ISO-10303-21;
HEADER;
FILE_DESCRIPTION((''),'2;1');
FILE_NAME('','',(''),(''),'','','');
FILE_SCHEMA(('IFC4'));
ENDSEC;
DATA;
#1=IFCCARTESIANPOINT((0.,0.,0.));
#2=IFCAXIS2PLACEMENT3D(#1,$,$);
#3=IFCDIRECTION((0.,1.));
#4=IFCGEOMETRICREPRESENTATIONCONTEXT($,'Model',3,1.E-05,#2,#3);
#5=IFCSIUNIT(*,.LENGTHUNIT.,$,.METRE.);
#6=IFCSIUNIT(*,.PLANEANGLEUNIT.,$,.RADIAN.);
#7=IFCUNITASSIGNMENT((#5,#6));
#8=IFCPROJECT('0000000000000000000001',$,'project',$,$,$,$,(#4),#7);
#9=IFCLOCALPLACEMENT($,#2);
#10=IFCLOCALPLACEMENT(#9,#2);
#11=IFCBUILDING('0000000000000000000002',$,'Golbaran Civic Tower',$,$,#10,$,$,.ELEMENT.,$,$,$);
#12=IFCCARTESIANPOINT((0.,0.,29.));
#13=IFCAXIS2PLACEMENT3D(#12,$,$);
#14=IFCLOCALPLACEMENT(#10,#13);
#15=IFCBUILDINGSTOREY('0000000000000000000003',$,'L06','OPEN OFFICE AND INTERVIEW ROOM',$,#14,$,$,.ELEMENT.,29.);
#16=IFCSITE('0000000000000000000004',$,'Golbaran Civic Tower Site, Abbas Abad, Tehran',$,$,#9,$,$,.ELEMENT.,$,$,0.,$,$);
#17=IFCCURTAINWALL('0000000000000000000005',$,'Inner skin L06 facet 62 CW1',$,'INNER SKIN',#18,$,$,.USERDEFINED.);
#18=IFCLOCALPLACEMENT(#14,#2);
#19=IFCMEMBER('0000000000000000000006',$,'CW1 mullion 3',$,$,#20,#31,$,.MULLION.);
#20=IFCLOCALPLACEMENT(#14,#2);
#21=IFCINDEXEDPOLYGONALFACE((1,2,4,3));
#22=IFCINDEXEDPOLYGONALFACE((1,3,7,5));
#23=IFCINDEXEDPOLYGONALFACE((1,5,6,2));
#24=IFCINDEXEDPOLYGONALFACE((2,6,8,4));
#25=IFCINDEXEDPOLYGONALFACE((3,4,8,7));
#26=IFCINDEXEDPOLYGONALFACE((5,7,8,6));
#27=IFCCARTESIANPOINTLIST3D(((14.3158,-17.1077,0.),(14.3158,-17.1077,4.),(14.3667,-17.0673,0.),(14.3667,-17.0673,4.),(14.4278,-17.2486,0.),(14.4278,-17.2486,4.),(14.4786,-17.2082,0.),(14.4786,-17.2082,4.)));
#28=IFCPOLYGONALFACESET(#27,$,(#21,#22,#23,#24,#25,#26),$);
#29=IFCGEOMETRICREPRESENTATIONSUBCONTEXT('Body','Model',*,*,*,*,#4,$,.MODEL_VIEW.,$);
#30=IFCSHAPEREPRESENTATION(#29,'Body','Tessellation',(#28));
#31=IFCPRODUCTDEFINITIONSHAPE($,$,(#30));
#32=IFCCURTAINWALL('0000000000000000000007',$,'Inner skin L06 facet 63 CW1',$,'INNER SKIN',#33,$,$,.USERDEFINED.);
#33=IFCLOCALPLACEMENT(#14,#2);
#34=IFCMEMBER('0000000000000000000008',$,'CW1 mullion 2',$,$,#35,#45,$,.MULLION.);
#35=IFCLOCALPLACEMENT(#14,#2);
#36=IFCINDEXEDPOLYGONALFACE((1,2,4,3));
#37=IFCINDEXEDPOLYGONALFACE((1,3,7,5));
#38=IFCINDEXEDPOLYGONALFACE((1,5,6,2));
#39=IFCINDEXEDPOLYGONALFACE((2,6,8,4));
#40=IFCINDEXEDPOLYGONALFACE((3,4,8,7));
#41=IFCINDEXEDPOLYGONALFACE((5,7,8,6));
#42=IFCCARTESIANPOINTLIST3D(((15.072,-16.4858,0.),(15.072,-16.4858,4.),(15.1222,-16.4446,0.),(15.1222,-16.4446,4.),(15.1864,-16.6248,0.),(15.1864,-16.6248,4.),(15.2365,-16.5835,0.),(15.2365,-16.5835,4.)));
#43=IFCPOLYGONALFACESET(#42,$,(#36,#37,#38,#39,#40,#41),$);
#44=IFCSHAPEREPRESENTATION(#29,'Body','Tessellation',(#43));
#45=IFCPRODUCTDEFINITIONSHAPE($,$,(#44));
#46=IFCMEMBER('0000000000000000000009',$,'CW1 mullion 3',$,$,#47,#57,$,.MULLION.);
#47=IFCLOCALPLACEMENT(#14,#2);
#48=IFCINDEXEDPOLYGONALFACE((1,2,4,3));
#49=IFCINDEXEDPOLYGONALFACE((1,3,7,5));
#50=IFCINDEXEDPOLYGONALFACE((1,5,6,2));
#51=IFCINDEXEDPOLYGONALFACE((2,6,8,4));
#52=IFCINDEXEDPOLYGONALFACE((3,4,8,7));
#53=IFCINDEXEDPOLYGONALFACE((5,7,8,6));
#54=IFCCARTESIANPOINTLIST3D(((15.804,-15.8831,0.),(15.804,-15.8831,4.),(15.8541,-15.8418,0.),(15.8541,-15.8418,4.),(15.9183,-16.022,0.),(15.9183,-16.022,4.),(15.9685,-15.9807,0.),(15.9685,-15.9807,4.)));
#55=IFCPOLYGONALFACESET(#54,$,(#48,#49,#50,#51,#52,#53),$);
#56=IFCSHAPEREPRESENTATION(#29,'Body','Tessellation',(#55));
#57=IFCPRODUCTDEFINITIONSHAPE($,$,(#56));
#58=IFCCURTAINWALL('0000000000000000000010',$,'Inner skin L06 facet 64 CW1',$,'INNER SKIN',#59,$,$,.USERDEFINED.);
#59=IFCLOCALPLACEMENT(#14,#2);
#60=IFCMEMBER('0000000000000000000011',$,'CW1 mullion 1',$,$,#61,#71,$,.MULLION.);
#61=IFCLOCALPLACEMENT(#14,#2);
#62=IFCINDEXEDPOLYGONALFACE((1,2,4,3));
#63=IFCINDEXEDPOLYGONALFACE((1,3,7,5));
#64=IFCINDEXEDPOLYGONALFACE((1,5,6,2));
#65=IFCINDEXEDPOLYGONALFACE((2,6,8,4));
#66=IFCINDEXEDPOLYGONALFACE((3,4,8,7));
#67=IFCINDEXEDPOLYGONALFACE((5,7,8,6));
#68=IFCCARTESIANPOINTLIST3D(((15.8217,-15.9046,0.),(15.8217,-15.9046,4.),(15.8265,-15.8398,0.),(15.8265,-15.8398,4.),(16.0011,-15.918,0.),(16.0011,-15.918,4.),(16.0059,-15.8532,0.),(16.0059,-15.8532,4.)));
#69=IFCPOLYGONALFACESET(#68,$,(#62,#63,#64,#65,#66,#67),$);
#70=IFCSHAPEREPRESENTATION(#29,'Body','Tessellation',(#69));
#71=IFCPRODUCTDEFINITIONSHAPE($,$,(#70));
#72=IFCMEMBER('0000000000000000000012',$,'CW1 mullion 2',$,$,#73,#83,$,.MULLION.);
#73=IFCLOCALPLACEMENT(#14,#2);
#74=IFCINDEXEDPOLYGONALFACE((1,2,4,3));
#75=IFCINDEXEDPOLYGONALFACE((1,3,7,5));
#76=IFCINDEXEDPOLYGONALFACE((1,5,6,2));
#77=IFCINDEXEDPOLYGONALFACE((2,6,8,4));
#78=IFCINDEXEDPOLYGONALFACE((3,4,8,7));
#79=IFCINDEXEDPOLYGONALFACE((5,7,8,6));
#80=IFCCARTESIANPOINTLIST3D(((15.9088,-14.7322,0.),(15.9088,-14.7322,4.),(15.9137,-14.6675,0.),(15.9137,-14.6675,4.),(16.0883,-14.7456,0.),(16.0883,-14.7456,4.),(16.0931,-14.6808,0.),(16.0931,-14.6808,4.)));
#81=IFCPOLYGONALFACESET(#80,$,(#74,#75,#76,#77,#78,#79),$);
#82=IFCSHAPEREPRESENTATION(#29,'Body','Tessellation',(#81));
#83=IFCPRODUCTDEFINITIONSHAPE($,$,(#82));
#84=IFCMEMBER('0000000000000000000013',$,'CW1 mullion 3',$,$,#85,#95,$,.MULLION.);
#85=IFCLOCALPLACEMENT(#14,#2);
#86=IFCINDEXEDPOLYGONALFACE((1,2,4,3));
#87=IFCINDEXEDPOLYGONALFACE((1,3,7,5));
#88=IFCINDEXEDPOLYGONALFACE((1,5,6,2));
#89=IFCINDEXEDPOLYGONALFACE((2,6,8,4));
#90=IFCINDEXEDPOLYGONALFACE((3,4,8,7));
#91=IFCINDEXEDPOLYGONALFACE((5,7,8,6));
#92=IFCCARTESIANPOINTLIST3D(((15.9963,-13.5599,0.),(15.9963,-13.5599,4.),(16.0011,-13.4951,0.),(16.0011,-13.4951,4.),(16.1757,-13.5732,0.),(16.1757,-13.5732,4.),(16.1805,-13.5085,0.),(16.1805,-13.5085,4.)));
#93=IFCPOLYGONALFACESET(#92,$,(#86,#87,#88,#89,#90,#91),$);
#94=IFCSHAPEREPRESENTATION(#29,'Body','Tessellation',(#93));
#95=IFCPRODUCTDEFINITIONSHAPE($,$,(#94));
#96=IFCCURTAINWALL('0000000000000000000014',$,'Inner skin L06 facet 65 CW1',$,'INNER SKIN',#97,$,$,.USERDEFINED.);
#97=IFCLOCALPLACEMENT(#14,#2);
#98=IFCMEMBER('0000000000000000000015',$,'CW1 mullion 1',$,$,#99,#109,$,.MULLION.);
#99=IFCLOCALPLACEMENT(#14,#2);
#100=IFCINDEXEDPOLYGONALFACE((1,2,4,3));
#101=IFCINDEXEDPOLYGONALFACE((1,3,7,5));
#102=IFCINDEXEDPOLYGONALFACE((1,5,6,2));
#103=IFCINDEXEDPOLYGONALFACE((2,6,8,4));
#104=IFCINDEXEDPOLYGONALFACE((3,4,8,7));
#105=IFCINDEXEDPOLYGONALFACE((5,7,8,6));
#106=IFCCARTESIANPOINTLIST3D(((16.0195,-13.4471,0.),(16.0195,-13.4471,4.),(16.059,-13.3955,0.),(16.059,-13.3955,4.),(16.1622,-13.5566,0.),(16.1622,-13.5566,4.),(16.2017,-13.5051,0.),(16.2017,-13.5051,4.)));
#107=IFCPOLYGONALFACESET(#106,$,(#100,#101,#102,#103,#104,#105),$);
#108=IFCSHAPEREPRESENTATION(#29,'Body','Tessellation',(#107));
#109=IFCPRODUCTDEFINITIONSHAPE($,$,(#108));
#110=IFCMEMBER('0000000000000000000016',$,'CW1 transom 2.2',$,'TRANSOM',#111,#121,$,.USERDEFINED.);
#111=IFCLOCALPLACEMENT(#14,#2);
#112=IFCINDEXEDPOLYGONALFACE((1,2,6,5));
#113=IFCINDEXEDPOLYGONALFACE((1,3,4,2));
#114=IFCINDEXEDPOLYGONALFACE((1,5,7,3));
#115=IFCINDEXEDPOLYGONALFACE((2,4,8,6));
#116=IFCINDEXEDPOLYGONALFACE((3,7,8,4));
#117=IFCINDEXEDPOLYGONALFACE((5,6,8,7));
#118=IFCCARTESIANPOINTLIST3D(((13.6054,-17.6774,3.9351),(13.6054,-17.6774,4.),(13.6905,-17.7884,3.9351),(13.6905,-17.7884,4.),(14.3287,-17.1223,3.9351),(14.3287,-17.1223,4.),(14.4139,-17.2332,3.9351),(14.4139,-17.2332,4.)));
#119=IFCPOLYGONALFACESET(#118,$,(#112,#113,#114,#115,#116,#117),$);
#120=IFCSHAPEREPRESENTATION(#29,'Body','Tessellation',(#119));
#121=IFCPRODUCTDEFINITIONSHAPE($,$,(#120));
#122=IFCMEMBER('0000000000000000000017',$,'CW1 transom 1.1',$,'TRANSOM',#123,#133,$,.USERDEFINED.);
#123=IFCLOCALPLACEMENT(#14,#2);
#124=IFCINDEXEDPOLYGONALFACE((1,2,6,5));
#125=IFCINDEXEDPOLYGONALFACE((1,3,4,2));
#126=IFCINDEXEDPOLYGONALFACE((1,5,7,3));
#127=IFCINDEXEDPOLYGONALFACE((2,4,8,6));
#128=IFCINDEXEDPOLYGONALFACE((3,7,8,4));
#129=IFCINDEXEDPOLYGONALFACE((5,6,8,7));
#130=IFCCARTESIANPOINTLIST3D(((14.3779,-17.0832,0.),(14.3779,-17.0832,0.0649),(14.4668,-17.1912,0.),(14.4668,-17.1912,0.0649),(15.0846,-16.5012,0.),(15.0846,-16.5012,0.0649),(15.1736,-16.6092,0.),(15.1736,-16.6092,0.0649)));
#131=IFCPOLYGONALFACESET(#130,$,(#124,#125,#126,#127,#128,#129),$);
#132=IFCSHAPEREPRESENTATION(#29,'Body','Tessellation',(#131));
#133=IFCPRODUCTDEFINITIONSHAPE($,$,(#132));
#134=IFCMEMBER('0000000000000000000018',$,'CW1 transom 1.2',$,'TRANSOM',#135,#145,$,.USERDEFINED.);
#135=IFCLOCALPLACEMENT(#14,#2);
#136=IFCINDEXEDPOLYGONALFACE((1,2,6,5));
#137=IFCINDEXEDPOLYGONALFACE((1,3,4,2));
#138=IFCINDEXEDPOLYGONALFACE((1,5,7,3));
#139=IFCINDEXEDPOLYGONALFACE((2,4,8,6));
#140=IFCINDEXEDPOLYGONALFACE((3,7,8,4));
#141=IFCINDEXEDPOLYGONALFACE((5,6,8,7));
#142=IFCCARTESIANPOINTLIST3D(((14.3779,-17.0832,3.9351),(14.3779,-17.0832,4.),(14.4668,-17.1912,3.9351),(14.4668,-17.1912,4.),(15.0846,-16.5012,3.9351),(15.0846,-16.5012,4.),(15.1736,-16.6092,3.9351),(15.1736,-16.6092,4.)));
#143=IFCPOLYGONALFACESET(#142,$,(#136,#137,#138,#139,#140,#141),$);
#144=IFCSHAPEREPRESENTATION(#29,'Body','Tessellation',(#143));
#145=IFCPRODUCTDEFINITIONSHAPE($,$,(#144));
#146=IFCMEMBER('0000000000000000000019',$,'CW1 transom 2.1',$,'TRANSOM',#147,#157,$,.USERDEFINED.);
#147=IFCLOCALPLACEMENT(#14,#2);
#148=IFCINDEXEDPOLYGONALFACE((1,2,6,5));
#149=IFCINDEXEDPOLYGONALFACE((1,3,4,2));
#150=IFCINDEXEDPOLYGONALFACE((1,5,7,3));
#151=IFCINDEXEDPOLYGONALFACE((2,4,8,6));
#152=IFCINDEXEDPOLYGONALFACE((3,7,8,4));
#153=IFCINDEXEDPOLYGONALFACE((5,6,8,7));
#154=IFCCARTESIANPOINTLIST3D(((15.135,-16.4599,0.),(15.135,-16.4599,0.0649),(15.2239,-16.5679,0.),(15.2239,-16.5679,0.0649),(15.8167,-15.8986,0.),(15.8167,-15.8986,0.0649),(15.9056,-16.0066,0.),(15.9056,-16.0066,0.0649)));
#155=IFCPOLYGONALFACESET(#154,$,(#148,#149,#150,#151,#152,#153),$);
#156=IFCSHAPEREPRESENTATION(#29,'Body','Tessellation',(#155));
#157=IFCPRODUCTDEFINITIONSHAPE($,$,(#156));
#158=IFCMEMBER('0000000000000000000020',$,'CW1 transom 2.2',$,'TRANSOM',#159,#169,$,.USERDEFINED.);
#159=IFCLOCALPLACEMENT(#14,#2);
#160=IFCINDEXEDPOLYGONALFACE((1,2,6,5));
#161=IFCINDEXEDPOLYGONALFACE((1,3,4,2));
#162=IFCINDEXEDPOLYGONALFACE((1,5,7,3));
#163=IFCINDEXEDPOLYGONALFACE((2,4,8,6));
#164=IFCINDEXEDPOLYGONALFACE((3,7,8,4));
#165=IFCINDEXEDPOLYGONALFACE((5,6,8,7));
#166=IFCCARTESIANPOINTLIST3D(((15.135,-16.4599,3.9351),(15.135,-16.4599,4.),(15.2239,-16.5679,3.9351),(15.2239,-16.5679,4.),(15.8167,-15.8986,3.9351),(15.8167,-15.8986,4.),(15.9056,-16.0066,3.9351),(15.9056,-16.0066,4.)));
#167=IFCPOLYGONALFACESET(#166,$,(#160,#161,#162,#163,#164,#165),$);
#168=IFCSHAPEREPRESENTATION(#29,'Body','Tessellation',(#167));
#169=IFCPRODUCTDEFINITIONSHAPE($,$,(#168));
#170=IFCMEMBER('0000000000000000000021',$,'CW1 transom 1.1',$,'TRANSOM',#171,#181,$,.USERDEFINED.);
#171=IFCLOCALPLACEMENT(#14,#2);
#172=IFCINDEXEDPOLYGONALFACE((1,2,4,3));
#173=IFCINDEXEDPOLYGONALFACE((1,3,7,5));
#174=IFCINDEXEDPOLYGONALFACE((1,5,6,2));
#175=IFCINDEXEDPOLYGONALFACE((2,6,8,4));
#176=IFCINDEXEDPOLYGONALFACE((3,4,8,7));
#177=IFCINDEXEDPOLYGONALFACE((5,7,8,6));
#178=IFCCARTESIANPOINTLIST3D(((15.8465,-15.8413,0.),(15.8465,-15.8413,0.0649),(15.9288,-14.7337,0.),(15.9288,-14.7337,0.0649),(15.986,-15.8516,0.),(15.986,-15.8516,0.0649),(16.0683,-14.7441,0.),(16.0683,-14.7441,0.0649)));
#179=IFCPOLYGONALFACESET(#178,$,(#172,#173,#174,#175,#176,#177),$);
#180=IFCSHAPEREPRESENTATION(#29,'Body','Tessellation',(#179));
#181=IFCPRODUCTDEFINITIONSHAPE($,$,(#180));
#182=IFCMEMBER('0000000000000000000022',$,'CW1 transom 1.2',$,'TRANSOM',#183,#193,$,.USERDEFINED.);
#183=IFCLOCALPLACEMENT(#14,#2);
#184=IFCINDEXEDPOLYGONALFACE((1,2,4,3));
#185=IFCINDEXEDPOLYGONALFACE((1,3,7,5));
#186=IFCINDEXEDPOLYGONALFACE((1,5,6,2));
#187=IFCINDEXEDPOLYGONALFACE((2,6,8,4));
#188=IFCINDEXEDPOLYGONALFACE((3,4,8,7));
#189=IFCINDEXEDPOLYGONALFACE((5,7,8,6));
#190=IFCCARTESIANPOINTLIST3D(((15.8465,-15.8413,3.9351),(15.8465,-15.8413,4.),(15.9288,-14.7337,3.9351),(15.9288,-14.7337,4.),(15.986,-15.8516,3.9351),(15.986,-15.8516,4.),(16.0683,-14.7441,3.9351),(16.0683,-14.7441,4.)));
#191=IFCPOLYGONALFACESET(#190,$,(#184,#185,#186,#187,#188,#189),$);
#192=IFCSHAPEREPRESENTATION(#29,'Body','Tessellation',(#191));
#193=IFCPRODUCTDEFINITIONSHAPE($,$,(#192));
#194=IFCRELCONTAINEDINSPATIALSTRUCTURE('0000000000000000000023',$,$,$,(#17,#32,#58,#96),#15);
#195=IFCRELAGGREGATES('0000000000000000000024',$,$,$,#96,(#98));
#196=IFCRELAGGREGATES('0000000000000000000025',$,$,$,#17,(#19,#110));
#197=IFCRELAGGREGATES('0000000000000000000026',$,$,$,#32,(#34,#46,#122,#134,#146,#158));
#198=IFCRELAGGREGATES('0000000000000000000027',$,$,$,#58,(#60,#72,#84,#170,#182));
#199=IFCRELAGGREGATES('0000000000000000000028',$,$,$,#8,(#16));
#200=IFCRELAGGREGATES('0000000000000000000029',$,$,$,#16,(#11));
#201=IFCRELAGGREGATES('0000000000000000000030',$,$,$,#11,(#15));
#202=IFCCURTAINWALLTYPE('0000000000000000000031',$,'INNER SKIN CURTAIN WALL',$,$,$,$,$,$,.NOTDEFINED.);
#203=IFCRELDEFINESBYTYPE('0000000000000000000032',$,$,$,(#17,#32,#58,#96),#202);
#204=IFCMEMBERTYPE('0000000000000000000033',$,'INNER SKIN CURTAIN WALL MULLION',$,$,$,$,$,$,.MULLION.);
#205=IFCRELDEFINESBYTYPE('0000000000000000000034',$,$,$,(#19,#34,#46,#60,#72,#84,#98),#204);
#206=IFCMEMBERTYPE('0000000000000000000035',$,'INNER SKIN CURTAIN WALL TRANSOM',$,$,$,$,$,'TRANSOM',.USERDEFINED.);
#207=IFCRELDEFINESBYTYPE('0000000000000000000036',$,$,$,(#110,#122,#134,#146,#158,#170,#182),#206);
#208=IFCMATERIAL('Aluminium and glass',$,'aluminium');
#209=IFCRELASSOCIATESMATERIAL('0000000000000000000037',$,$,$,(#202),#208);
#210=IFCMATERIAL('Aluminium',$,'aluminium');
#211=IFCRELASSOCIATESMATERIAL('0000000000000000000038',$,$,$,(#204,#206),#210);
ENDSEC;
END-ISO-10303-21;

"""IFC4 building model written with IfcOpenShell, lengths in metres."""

from ifc_helpers import new_model, si_unit, direction, frame, origin, origin_2d, place, context, subcontext, project, spatial, rectangle, extrude, material, material_profile, profile_set, type_object, element, aggregate, save


model = new_model("IFC4")

# Units and contexts
model_context = context("Model", 3, precision=1e-05, world=origin(), true_north=direction((0.0, 1.0)))
body_context = subcontext(model_context, "Body", "Model", "MODEL_VIEW")
ifc_project = project(units=[si_unit("LENGTHUNIT", "METRE"), si_unit("PLANEANGLEUNIT", "RADIAN")], contexts=[model_context])

# Site, building, storey
site_placement = place(None, origin())
site = spatial("IfcSite", under=ifc_project, at=site_placement, Name="Golbaran Civic Tower Site, Abbas Abad, Tehran", CompositionType="ELEMENT", RefElevation=0.0)
building_placement = place(site_placement, origin())
building = spatial("IfcBuilding", under=site, at=building_placement, Name="Golbaran Civic Tower", CompositionType="ELEMENT")
storey_placement = place(building_placement, frame((0.0, 0.0, 29.0)))
storey = spatial("IfcBuildingStorey", under=building, at=storey_placement, Name="L06", Description="OPEN OFFICE AND INTERVIEW ROOM", CompositionType="ELEMENT", Elevation=29.0)

# Curtain wall, member
ifc_material_1 = material(Name="Aluminium and glass", Category="aluminium")
curtain_wall_type = type_object("IfcCurtainWallType", Name="INNER SKIN CURTAIN WALL", PredefinedType="NOTDEFINED", material=ifc_material_1)
curtain_wall_1_placement = place(storey_placement, origin())
curtain_wall_1 = element("IfcCurtainWall", 1, at=curtain_wall_1_placement, inside=storey, type_object=curtain_wall_type, Name="Inner skin L06 facet 62 CW1", ObjectType="INNER SKIN", PredefinedType="USERDEFINED")
ifc_material_2 = material(Name="Aluminium", Category="aluminium")
ifc_material_profile_1 = material_profile(ifc_material_2, rectangle(XDim=0.1799, YDim=0.0649, at=origin_2d()), Name="INNER SKIN CURTAIN WALL MULLION")
ifc_profile_set_1 = profile_set([ifc_material_profile_1], Name="Aluminium")
member_type_1 = type_object("IfcMemberType", Name="INNER SKIN CURTAIN WALL MULLION", PredefinedType="MULLION", material=ifc_profile_set_1)
member_1_placement = place(storey_placement, frame((14.3972, -17.158, 0.0), z_axis=(0.0, 0.0, 1.0), x_axis=(-0.622264, 0.782808, 0.0)))
member_1 = element("IfcMember", 2, at=member_1_placement, type_object=member_type_1, Name="CW1 mullion 3", PredefinedType="MULLION", context=body_context, shape_type="SweptSolid", body=[
    extrude(rectangle(XDim=0.1799, YDim=0.0649, at=origin_2d()), origin(), (0.0, 0.0, 1.0), 4.0),
])

# Curtain walls, members
curtain_wall_2_placement = place(storey_placement, origin())
curtain_wall_2 = element("IfcCurtainWall", 3, at=curtain_wall_2_placement, inside=storey, type_object=curtain_wall_type, Name="Inner skin L06 facet 63 CW1", ObjectType="INNER SKIN", PredefinedType="USERDEFINED")
member_2_placement = place(storey_placement, frame((15.1543, -16.5347, 0.0), z_axis=(0.0, 0.0, 1.0), x_axis=(-0.635583, 0.772032, 0.0)))
member_2 = element("IfcMember", 4, at=member_2_placement, type_object=member_type_1, Name="CW1 mullion 2", PredefinedType="MULLION", context=body_context, shape_type="SweptSolid", body=[
    extrude(rectangle(XDim=0.1799, YDim=0.0649, at=origin_2d()), origin(), (0.0, 0.0, 1.0), 4.0),
])
member_3_placement = place(storey_placement, frame((15.8862, -15.9319, 0.0), z_axis=(0.0, 0.0, 1.0), x_axis=(-0.635583, 0.772032, 0.0)))
member_3 = element("IfcMember", 5, at=member_3_placement, type_object=member_type_1, Name="CW1 mullion 3", PredefinedType="MULLION", context=body_context, shape_type="SweptSolid", body=[
    extrude(rectangle(XDim=0.1799, YDim=0.0649, at=origin_2d()), origin(), (0.0, 0.0, 1.0), 4.0),
])
curtain_wall_3_placement = place(storey_placement, origin())
curtain_wall_3 = element("IfcCurtainWall", 6, at=curtain_wall_3_placement, inside=storey, type_object=curtain_wall_type, Name="Inner skin L06 facet 64 CW1", ObjectType="INNER SKIN", PredefinedType="USERDEFINED")
member_4_placement = place(storey_placement, frame((15.9138, -15.8789, 0.0), z_axis=(0.0, 0.0, 1.0), x_axis=(-0.997238, 0.074267, 0.0)))
member_4 = element("IfcMember", 7, at=member_4_placement, type_object=member_type_1, Name="CW1 mullion 1", PredefinedType="MULLION", context=body_context, shape_type="SweptSolid", body=[
    extrude(rectangle(XDim=0.1799, YDim=0.0649, at=origin_2d()), origin(), (0.0, 0.0, 1.0), 4.0),
])
member_5_placement = place(storey_placement, frame((16.001, -14.7065, 0.0), z_axis=(0.0, 0.0, 1.0), x_axis=(-0.997238, 0.074267, 0.0)))
member_5 = element("IfcMember", 8, at=member_5_placement, type_object=member_type_1, Name="CW1 mullion 2", PredefinedType="MULLION", context=body_context, shape_type="SweptSolid", body=[
    extrude(rectangle(XDim=0.1799, YDim=0.0649, at=origin_2d()), origin(), (0.0, 0.0, 1.0), 4.0),
])
member_6_placement = place(storey_placement, frame((16.0884, -13.5342, 0.0), z_axis=(0.0, 0.0, 1.0), x_axis=(-0.997238, 0.074267, 0.0)))
member_6 = element("IfcMember", 9, at=member_6_placement, type_object=member_type_1, Name="CW1 mullion 3", PredefinedType="MULLION", context=body_context, shape_type="SweptSolid", body=[
    extrude(rectangle(XDim=0.1799, YDim=0.0649, at=origin_2d()), origin(), (0.0, 0.0, 1.0), 4.0),
])

# Curtain wall, member
curtain_wall_4_placement = place(storey_placement, origin())
curtain_wall_4 = element("IfcCurtainWall", 10, at=curtain_wall_4_placement, inside=storey, type_object=curtain_wall_type, Name="Inner skin L06 facet 65 CW1", ObjectType="INNER SKIN", PredefinedType="USERDEFINED")
member_7_placement = place(storey_placement, frame((16.1106, -13.4761, 0.0), z_axis=(0.0, 0.0, 1.0), x_axis=(-0.793353, 0.608761, 0.0)))
member_7 = element("IfcMember", 11, at=member_7_placement, type_object=member_type_1, Name="CW1 mullion 1", PredefinedType="MULLION", context=body_context, shape_type="SweptSolid", body=[
    extrude(rectangle(XDim=0.1799, YDim=0.0649, at=origin_2d()), origin(), (0.0, 0.0, 1.0), 4.0),
])

# Members
ifc_material_profile_2 = material_profile(ifc_material_2, rectangle(XDim=0.1399, YDim=0.0649, at=origin_2d()), Name="INNER SKIN CURTAIN WALL TRANSOM")
ifc_profile_set_2 = profile_set([ifc_material_profile_2], Name="Aluminium")
member_type_2 = type_object("IfcMemberType", Name="INNER SKIN CURTAIN WALL TRANSOM", ElementType="TRANSOM", PredefinedType="USERDEFINED", material=ifc_profile_set_2)
member_8_placement = place(storey_placement, frame((13.6479, -17.7329, 3.9675), z_axis=(0.7933, 0.608831, 0.0), x_axis=(-0.608831, 0.7933, 0.0)))
member_8 = element("IfcMember", 12, at=member_8_placement, type_object=member_type_2, Name="CW1 transom 2.2", ObjectType="TRANSOM", PredefinedType="USERDEFINED", context=body_context, shape_type="SweptSolid", body=[
    extrude(rectangle(XDim=0.1399, YDim=0.0649, at=origin_2d()), origin(), (0.0, 0.0, 1.0), 0.9119),
])
member_9_placement = place(storey_placement, frame((14.4224, -17.1372, 0.0325), z_axis=(0.771946, 0.635689, 0.0), x_axis=(-0.635689, 0.771946, 0.0)))
member_9 = element("IfcMember", 13, at=member_9_placement, type_object=member_type_2, Name="CW1 transom 1.1", ObjectType="TRANSOM", PredefinedType="USERDEFINED", context=body_context, shape_type="SweptSolid", body=[
    extrude(rectangle(XDim=0.1399, YDim=0.0649, at=origin_2d()), origin(), (0.0, 0.0, 1.0), 0.9155),
])
member_10_placement = place(storey_placement, frame((14.4224, -17.1372, 3.9675), z_axis=(0.771946, 0.635689, 0.0), x_axis=(-0.635689, 0.771946, 0.0)))
member_10 = element("IfcMember", 14, at=member_10_placement, type_object=member_type_2, Name="CW1 transom 1.2", ObjectType="TRANSOM", PredefinedType="USERDEFINED", context=body_context, shape_type="SweptSolid", body=[
    extrude(rectangle(XDim=0.1399, YDim=0.0649, at=origin_2d()), origin(), (0.0, 0.0, 1.0), 0.9155),
])
member_11_placement = place(storey_placement, frame((15.1794, -16.5139, 0.0325), z_axis=(0.77197, 0.635659, 0.0), x_axis=(-0.635659, 0.77197, 0.0)))
member_11 = element("IfcMember", 15, at=member_11_placement, type_object=member_type_2, Name="CW1 transom 2.1", ObjectType="TRANSOM", PredefinedType="USERDEFINED", context=body_context, shape_type="SweptSolid", body=[
    extrude(rectangle(XDim=0.1399, YDim=0.0649, at=origin_2d()), origin(), (0.0, 0.0, 1.0), 0.8831),
])
member_12_placement = place(storey_placement, frame((15.1794, -16.5139, 3.9675), z_axis=(0.77197, 0.635659, 0.0), x_axis=(-0.635659, 0.77197, 0.0)))
member_12 = element("IfcMember", 16, at=member_12_placement, type_object=member_type_2, Name="CW1 transom 2.2", ObjectType="TRANSOM", PredefinedType="USERDEFINED", context=body_context, shape_type="SweptSolid", body=[
    extrude(rectangle(XDim=0.1399, YDim=0.0649, at=origin_2d()), origin(), (0.0, 0.0, 1.0), 0.8831),
])
member_13_placement = place(storey_placement, frame((15.9163, -15.8464, 0.0325), z_axis=(0.07409, 0.997252, 0.0), x_axis=(-0.997252, 0.07409, 0.0)))
member_13 = element("IfcMember", 17, at=member_13_placement, type_object=member_type_2, Name="CW1 transom 1.1", ObjectType="TRANSOM", PredefinedType="USERDEFINED", context=body_context, shape_type="SweptSolid", body=[
    extrude(rectangle(XDim=0.1399, YDim=0.0649, at=origin_2d()), origin(), (0.0, 0.0, 1.0), 1.1106),
])
member_14_placement = place(storey_placement, frame((15.9163, -15.8464, 3.9675), z_axis=(0.07409, 0.997252, 0.0), x_axis=(-0.997252, 0.07409, 0.0)))
member_14 = element("IfcMember", 18, at=member_14_placement, type_object=member_type_2, Name="CW1 transom 1.2", ObjectType="TRANSOM", PredefinedType="USERDEFINED", context=body_context, shape_type="SweptSolid", body=[
    extrude(rectangle(XDim=0.1399, YDim=0.0649, at=origin_2d()), origin(), (0.0, 0.0, 1.0), 1.1106),
])
aggregate(curtain_wall_4, [member_7])

aggregate(curtain_wall_1, [member_1, member_8])
aggregate(curtain_wall_2, [member_2, member_3, member_9, member_10, member_11, member_12])
aggregate(curtain_wall_3, [member_4, member_5, member_6, member_13, member_14])

save(model, "model.ifc")
